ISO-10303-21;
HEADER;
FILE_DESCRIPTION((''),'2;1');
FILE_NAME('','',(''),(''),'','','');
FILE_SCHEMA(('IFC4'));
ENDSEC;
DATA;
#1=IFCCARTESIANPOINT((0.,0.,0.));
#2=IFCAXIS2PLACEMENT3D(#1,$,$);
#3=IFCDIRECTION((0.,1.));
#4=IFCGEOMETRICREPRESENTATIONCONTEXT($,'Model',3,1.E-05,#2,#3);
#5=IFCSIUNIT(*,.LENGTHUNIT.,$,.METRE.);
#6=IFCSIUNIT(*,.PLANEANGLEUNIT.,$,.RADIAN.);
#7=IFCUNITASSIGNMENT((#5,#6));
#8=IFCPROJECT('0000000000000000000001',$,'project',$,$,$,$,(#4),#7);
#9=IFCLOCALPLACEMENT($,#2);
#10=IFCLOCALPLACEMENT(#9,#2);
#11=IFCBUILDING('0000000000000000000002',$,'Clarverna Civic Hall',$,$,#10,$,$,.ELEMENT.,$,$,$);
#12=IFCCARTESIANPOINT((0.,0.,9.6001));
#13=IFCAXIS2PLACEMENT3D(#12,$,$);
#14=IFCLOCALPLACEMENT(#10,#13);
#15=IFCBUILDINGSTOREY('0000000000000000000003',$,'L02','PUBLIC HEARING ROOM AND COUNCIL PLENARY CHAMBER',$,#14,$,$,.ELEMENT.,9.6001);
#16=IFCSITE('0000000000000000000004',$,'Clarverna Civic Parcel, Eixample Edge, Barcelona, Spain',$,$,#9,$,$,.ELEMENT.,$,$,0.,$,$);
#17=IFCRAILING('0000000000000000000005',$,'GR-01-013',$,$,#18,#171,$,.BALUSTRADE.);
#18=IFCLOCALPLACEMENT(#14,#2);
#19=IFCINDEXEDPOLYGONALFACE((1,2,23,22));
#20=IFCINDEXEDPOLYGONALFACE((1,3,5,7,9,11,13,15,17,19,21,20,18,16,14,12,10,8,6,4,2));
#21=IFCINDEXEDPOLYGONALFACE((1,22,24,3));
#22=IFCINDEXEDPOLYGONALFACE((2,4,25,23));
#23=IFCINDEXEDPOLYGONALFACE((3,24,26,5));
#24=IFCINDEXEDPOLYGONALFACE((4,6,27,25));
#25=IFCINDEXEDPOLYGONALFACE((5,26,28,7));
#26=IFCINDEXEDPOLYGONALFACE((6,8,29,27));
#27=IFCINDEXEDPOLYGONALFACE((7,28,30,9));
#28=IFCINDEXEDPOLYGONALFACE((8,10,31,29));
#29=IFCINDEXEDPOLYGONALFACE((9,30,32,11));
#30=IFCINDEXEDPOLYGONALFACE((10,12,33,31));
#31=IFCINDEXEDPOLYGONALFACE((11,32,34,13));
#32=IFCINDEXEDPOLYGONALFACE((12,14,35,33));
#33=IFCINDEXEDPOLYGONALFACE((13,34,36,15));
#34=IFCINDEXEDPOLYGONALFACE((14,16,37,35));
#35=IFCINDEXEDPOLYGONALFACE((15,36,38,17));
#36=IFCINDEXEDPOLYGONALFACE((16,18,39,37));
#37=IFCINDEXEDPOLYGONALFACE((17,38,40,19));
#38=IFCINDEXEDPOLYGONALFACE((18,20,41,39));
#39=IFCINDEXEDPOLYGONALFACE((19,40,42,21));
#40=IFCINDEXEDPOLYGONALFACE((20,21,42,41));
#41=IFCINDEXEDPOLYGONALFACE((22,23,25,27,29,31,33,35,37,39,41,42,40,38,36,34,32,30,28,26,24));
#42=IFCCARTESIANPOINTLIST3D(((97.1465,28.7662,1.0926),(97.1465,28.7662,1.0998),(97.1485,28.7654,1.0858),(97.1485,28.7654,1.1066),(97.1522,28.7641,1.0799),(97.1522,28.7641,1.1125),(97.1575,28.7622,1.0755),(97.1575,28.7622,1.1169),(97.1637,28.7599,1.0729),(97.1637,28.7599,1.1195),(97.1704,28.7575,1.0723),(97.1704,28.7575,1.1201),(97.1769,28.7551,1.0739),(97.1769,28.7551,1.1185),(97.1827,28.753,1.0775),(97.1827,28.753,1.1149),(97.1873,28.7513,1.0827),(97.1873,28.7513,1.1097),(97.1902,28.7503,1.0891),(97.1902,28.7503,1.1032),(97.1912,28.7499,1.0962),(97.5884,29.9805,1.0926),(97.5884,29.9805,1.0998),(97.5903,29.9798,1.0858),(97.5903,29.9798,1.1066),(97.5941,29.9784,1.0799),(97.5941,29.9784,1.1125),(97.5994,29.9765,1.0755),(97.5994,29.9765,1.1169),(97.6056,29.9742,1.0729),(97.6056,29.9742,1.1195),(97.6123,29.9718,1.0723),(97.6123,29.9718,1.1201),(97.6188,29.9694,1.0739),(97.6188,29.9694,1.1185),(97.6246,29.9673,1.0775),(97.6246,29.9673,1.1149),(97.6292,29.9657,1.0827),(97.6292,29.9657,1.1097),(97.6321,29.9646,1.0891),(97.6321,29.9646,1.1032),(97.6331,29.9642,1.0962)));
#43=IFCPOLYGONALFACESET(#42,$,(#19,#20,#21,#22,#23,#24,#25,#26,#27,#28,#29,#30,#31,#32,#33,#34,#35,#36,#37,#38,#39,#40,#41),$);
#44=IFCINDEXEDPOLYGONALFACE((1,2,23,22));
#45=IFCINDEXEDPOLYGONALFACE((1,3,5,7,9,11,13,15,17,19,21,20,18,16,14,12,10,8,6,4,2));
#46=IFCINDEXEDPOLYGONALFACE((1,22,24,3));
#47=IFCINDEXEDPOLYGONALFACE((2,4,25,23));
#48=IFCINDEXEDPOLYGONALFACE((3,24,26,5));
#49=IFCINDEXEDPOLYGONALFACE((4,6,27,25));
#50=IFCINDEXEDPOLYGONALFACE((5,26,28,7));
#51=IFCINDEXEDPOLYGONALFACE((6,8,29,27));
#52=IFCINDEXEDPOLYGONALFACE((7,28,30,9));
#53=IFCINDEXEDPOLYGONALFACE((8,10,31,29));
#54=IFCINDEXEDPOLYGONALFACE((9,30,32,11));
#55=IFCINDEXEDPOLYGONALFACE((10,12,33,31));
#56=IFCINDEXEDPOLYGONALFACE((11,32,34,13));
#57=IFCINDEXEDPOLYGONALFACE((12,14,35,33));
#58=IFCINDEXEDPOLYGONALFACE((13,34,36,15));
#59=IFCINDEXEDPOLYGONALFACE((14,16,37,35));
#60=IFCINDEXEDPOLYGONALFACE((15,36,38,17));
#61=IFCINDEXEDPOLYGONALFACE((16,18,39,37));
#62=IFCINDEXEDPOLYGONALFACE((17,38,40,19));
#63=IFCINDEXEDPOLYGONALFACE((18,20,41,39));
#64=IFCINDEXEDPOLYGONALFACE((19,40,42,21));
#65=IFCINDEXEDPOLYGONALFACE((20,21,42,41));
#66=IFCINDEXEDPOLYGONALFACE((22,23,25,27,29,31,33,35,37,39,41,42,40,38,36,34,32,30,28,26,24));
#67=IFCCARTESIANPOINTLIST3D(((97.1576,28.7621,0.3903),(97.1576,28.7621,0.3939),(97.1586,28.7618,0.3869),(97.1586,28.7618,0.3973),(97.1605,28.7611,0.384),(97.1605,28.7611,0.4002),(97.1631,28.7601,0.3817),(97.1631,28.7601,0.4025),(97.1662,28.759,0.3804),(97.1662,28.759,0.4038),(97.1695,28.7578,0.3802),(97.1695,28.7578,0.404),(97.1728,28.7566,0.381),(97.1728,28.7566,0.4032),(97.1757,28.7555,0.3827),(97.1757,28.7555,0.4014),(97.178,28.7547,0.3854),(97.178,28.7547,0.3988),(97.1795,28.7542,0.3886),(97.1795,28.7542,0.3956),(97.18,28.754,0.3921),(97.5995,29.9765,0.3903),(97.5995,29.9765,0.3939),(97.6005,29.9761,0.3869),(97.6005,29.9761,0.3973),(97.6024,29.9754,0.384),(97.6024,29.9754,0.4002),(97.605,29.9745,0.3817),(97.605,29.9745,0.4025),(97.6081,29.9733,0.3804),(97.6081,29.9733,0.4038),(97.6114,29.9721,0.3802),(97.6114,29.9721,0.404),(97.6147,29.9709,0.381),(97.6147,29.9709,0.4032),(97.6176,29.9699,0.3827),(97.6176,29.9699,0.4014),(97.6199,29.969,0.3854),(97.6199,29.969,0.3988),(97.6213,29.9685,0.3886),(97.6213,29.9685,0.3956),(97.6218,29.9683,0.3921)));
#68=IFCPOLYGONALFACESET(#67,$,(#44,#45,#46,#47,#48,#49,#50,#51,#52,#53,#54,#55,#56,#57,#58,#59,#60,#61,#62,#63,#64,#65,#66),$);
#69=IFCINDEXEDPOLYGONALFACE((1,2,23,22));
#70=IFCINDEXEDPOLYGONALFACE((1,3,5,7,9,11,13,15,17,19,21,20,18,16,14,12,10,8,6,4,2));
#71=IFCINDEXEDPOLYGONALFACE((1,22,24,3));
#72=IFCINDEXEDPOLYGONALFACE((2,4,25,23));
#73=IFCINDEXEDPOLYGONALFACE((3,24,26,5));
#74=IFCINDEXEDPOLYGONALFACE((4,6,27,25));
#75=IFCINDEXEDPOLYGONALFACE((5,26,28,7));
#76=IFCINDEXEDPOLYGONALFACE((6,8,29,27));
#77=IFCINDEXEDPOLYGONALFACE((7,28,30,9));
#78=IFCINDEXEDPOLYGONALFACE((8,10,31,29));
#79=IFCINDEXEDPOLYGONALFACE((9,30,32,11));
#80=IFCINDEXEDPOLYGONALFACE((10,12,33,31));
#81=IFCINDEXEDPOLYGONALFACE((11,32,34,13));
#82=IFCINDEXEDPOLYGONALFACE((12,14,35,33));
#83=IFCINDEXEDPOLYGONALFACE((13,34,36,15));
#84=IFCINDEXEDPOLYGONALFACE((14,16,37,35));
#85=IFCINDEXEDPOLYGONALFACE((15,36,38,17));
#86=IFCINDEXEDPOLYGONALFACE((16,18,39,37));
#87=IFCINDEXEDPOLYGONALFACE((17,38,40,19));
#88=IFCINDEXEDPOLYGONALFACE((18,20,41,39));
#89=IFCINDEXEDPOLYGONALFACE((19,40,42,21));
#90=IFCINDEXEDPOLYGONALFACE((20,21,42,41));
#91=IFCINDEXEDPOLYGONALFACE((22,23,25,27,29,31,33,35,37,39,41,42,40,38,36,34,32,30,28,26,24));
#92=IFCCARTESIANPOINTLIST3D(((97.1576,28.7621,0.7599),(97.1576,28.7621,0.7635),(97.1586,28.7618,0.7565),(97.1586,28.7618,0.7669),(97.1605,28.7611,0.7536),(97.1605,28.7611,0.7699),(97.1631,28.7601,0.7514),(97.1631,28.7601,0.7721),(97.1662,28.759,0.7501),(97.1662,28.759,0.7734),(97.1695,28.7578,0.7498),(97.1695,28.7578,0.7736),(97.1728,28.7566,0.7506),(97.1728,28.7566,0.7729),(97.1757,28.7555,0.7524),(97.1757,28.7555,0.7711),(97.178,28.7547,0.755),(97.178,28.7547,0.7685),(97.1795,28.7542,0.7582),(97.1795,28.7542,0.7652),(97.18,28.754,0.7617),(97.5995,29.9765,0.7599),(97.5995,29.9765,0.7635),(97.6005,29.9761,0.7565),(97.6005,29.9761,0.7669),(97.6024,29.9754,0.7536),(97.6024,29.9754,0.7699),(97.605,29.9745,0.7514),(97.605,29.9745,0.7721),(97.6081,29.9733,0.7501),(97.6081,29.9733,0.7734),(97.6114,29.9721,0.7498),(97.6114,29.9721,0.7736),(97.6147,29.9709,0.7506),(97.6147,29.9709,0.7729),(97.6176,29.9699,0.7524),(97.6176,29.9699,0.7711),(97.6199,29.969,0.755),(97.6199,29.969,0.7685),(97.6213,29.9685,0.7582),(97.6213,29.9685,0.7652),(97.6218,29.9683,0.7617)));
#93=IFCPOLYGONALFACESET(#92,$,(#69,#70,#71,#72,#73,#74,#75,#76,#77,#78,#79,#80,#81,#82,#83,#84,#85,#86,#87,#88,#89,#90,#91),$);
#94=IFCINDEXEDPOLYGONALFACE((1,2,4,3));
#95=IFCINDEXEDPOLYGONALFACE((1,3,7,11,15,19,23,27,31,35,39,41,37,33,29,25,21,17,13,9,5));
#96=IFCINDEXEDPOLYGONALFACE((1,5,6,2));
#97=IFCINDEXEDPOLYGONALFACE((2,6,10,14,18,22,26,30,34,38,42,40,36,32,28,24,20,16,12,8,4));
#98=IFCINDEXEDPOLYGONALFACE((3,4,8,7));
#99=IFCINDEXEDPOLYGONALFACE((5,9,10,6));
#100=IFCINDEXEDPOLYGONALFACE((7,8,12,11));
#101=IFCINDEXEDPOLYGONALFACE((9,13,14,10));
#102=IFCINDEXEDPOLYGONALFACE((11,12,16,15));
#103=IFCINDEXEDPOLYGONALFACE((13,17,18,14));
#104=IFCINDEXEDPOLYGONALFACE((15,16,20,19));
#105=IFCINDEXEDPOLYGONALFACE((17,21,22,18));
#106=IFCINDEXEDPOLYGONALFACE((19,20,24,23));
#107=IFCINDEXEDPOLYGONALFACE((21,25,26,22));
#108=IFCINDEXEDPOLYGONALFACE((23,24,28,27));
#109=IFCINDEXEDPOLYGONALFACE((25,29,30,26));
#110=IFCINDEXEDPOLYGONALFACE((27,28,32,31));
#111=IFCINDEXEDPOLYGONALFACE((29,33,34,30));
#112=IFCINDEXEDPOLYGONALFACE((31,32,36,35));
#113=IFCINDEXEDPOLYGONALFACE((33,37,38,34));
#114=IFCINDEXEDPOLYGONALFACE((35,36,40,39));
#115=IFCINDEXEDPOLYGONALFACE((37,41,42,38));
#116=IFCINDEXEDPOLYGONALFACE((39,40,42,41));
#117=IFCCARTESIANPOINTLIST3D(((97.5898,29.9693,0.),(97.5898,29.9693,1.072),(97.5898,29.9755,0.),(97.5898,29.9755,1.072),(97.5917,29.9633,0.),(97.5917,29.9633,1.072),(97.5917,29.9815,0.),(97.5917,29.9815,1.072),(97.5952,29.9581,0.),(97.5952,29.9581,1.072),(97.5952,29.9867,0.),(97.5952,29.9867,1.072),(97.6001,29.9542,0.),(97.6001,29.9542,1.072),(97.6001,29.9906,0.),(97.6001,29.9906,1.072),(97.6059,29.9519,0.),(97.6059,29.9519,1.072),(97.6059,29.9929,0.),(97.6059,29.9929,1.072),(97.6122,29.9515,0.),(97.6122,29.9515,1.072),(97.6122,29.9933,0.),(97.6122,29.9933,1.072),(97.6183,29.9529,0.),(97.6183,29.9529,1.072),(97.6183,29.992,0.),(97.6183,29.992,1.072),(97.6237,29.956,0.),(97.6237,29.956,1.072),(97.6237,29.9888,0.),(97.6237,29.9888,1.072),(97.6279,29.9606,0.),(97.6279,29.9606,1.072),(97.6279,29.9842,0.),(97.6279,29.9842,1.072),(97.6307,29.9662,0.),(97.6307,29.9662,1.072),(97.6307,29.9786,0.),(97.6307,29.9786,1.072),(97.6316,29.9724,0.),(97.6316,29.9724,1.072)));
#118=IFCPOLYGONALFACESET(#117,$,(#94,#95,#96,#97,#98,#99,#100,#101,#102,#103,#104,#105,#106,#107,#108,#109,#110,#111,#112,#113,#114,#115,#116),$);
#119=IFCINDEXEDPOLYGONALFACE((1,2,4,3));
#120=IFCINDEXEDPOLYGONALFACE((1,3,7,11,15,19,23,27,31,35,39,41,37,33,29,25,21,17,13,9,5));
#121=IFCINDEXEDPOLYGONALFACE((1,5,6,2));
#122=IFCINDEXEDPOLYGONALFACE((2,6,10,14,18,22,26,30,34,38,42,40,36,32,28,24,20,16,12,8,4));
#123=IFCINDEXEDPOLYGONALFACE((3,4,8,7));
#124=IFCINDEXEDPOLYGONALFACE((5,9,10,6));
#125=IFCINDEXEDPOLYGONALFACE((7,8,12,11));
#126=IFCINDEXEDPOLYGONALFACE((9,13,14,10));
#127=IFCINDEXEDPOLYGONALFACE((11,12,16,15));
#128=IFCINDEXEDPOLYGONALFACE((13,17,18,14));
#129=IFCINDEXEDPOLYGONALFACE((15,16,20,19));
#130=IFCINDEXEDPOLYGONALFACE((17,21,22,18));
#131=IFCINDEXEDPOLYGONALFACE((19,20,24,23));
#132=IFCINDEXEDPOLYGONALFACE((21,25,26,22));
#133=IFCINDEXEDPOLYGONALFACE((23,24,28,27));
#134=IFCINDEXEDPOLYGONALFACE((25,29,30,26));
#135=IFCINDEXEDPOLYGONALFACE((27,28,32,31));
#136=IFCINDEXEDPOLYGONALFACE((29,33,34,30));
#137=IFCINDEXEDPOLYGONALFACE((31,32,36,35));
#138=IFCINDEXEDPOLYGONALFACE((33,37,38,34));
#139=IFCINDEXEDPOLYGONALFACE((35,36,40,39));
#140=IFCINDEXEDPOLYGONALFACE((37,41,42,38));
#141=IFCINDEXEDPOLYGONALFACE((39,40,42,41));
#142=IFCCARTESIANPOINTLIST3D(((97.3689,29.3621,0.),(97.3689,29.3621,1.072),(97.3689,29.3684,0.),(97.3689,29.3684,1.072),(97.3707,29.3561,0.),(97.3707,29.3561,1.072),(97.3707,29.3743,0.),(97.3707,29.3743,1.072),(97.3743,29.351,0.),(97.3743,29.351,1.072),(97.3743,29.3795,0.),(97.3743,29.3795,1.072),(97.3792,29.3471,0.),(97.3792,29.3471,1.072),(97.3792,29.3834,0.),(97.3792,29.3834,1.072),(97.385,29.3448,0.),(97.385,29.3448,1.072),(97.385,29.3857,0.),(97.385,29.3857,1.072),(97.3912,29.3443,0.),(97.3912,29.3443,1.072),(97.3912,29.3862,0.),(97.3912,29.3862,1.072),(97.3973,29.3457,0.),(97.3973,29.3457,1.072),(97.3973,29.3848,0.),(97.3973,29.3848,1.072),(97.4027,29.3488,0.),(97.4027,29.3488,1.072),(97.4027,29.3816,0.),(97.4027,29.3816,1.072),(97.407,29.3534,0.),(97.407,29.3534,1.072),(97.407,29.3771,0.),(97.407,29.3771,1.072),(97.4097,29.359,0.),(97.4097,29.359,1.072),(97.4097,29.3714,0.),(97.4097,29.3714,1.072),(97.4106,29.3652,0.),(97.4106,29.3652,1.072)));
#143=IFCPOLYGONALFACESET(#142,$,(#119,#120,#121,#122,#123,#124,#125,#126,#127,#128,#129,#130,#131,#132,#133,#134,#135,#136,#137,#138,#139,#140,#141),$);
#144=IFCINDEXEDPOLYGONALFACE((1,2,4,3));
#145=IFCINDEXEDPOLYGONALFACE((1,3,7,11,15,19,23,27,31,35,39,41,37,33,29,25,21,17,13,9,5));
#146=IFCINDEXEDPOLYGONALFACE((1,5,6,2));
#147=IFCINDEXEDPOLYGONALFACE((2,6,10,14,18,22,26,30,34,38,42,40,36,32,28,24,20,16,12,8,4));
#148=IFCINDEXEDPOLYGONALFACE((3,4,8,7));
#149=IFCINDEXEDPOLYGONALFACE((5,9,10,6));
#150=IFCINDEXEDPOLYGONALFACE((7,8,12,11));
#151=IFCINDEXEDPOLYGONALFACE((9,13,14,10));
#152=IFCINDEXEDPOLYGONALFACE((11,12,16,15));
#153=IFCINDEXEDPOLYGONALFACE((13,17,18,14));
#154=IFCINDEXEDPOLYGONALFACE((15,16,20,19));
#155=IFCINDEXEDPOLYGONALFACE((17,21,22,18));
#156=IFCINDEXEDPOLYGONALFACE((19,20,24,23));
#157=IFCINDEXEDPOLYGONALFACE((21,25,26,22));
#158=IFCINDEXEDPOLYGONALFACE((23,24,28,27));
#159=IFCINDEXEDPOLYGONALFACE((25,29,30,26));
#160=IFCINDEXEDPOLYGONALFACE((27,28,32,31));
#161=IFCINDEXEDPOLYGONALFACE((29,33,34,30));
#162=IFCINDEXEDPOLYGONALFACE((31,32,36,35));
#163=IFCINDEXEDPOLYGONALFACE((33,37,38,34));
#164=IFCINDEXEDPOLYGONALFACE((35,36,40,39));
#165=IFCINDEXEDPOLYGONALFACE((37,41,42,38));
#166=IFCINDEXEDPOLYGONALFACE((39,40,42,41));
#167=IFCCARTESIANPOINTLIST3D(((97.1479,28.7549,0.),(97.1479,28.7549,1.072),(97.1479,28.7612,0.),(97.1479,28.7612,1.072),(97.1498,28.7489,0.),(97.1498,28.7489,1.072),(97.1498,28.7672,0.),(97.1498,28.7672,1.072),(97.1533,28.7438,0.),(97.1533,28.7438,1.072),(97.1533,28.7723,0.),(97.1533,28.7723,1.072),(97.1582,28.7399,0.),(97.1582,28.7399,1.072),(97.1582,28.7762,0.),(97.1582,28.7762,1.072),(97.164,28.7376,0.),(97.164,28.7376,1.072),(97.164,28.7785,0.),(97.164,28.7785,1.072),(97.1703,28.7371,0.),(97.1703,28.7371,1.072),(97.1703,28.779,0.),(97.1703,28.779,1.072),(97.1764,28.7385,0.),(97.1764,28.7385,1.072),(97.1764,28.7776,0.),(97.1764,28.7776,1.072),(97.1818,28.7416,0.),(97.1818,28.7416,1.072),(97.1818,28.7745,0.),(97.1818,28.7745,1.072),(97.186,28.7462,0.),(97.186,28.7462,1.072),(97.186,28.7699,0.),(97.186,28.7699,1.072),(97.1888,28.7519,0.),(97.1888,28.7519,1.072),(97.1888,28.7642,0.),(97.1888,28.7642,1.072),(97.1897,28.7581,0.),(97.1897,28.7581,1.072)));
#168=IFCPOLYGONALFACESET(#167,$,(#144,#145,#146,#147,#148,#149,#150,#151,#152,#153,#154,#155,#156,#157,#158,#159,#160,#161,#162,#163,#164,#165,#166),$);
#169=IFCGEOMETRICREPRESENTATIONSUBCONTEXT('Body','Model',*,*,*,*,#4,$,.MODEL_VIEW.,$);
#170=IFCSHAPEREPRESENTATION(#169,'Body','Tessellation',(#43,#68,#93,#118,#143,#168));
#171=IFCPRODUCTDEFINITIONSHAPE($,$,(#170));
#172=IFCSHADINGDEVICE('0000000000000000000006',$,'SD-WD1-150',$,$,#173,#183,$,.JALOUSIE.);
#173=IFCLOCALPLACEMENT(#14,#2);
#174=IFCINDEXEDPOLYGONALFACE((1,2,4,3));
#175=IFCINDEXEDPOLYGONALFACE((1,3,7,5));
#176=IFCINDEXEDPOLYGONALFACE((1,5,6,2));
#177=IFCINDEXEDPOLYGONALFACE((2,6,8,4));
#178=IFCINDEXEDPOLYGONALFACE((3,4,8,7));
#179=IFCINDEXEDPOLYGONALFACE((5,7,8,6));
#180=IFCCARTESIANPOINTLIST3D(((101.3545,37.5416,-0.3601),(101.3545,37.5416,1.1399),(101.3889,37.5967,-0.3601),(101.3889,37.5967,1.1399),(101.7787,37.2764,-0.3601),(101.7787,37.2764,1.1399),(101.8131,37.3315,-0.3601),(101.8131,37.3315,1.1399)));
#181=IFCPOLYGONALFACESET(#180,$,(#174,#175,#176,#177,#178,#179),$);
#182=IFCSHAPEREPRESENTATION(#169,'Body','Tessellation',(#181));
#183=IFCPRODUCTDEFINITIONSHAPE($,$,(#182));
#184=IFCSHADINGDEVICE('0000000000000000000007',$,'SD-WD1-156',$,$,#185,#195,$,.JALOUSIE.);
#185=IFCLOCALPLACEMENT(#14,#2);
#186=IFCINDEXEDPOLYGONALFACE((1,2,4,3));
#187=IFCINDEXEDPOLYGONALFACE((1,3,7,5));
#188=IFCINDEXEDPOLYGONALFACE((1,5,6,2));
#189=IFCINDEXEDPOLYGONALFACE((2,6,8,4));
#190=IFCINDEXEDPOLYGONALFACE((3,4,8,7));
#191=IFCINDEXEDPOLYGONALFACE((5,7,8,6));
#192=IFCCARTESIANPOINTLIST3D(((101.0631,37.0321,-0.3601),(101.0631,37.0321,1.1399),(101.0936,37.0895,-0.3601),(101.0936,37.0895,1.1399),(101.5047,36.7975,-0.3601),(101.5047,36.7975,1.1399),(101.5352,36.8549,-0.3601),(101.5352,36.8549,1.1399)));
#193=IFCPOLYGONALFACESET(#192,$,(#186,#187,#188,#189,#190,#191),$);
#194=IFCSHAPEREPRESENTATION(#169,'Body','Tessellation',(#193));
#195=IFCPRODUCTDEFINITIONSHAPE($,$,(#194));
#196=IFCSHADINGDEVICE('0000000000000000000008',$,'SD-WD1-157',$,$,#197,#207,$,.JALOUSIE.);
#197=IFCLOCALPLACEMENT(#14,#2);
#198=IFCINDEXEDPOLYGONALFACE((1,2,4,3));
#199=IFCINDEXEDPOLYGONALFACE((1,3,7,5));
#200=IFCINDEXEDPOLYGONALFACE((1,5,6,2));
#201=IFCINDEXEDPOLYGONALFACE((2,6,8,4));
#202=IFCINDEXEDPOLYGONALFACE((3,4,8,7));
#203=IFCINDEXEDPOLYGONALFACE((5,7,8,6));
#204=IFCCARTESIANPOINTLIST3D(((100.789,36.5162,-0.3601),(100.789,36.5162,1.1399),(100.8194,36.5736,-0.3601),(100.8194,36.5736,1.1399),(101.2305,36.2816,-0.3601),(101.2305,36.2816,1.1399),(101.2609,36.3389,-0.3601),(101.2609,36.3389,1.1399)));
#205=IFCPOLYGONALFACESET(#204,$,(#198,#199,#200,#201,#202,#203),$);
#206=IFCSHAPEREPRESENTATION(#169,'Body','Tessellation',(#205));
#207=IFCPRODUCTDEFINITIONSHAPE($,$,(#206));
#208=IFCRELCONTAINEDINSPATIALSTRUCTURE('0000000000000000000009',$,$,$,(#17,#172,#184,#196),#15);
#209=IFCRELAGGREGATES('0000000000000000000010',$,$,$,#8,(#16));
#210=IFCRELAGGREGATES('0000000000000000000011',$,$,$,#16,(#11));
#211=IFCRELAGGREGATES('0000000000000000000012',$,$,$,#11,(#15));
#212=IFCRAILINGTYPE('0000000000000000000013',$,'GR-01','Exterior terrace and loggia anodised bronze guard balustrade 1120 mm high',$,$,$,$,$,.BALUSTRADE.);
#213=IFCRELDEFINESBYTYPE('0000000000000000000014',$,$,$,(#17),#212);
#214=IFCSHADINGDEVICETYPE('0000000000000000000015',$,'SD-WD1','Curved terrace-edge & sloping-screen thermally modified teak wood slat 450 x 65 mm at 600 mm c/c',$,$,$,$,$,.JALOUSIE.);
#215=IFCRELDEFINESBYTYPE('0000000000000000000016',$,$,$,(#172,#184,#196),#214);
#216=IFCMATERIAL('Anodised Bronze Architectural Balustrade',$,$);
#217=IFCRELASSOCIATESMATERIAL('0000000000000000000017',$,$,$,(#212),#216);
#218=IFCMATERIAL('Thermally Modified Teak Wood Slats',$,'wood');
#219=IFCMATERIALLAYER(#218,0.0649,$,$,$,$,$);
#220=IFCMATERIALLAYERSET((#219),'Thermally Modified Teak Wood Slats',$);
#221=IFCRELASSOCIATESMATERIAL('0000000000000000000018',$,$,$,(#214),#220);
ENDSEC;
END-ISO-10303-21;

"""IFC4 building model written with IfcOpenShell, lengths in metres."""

from ifc_helpers import new_model, si_unit, direction, frame, frame_2d, origin, origin_2d, place, context, subcontext, project, spatial, rectangle, circle, extrude, material, layer, layer_set, type_object, element, save


model = new_model("IFC4")

# Units and contexts
model_context = context("Model", 3, precision=1e-05, world=origin(), true_north=direction((0.0, 1.0)))
body_context = subcontext(model_context, "Body", "Model", "MODEL_VIEW")
ifc_project = project(units=[si_unit("LENGTHUNIT", "METRE"), si_unit("PLANEANGLEUNIT", "RADIAN")], contexts=[model_context])

# Site, building, storey
site_placement = place(None, origin())
site = spatial("IfcSite", under=ifc_project, at=site_placement, Name="Clarverna Civic Parcel, Eixample Edge, Barcelona, Spain", CompositionType="ELEMENT", RefElevation=0.0)
building_placement = place(site_placement, origin())
building = spatial("IfcBuilding", under=site, at=building_placement, Name="Clarverna Civic Hall", CompositionType="ELEMENT")
storey_placement = place(building_placement, frame((0.0, 0.0, 9.6001)))
storey = spatial("IfcBuildingStorey", under=building, at=storey_placement, Name="L02", Description="PUBLIC HEARING ROOM AND COUNCIL PLENARY CHAMBER", CompositionType="ELEMENT", Elevation=9.6001)

# Railing
ifc_material_1 = material(Name="Anodised Bronze Architectural Balustrade")
railing_type_1 = type_object("IfcRailingType", Name="GR-01", Description="Exterior terrace and loggia anodised bronze guard balustrade 1120 mm high", PredefinedType="BALUSTRADE", material=ifc_material_1)
railing_1_placement = place(storey_placement, frame((97.6106, 29.9724, 0.0)))
element("IfcRailing", 1, at=railing_1_placement, inside=storey, type_object=railing_type_1, Name="GR-01-013", PredefinedType="BALUSTRADE", context=body_context, shape_type="SweptSolid", body=[
    extrude(circle(Radius=0.0239, at=origin_2d()), frame((0.0, 0.0, 1.0962), z_axis=(-0.341955, -0.939716, 0.0), x_axis=(0.939716, -0.341955, 0.0)), (0.0, 0.0, 1.0), 1.2922),
    extrude(circle(Radius=0.012, at=origin_2d()), frame((0.0, 0.0, 0.3921), z_axis=(-0.341955, -0.939716, 0.0), x_axis=(0.939716, -0.341955, 0.0)), (0.0, 0.0, 1.0), 1.2922),
    extrude(circle(Radius=0.012, at=origin_2d()), frame((0.0, 0.0, 0.7617), z_axis=(-0.341955, -0.939716, 0.0), x_axis=(0.939716, -0.341955, 0.0)), (0.0, 0.0, 1.0), 1.2922),
    extrude(circle(Radius=0.021, at=origin_2d()), origin(), (0.0, 0.0, 1.0), 1.072),
    extrude(circle(Radius=0.021, at=origin_2d()), frame((-0.2209, -0.6072, 0.0)), (0.0, 0.0, 1.0), 1.072),
    extrude(circle(Radius=0.021, at=origin_2d()), frame((-0.4419, -1.2144, 0.0)), (0.0, 0.0, 1.0), 1.072),
])

# Shading devices
ifc_material_2 = material(Name="Thermally Modified Teak Wood Slats", Category="wood")
ifc_layer_1 = layer(ifc_material_2, 0.0649)
ifc_layer_set_1 = layer_set([ifc_layer_1], Name="Thermally Modified Teak Wood Slats")
shading_device_type = type_object("IfcShadingDeviceType", Name="SD-WD1", Description="Curved terrace-edge & sloping-screen thermally modified teak wood slat 450 x 65 mm at 600 mm c/c", PredefinedType="JALOUSIE", material=ifc_layer_set_1)
shading_device_1_placement = place(storey_placement, frame((101.3718, 37.5691, -0.3601), z_axis=(0.0, 0.0, 1.0), x_axis=(0.847916, -0.530131, 0.0)))
element("IfcShadingDevice", 2, at=shading_device_1_placement, inside=storey, type_object=shading_device_type, Name="SD-WD1-150", PredefinedType="JALOUSIE", context=body_context, shape_type="SweptSolid", body=[
    extrude(rectangle(XDim=0.5002, YDim=0.0649, at=frame_2d((0.25, 0.0))), origin(), (0.0, 0.0, 1.0), 1.5),
])
for number, where, z_axis, x_axis, name in (
    (3, (101.0784, 37.0608, -0.3601), (0.0, 0.0, 1.0), (0.883122, -0.469143, 0.0), "SD-WD1-156"),
    (4, (100.8042, 36.5449, -0.3601), (0.0, 0.0, 1.0), (0.883015, -0.469346, 0.0), "SD-WD1-157"),
):
    element("IfcShadingDevice", number, at=place(storey_placement, frame(where, z_axis=z_axis, x_axis=x_axis)), inside=storey, type_object=shading_device_type, Name=name, PredefinedType="JALOUSIE", context=body_context, shape_type="SweptSolid", body=[
        extrude(rectangle(XDim=0.5, YDim=0.0649, at=frame_2d((0.25, 0.0))), origin(), (0.0, 0.0, 1.0), 1.5),
    ])

save(model, "model.ifc")
